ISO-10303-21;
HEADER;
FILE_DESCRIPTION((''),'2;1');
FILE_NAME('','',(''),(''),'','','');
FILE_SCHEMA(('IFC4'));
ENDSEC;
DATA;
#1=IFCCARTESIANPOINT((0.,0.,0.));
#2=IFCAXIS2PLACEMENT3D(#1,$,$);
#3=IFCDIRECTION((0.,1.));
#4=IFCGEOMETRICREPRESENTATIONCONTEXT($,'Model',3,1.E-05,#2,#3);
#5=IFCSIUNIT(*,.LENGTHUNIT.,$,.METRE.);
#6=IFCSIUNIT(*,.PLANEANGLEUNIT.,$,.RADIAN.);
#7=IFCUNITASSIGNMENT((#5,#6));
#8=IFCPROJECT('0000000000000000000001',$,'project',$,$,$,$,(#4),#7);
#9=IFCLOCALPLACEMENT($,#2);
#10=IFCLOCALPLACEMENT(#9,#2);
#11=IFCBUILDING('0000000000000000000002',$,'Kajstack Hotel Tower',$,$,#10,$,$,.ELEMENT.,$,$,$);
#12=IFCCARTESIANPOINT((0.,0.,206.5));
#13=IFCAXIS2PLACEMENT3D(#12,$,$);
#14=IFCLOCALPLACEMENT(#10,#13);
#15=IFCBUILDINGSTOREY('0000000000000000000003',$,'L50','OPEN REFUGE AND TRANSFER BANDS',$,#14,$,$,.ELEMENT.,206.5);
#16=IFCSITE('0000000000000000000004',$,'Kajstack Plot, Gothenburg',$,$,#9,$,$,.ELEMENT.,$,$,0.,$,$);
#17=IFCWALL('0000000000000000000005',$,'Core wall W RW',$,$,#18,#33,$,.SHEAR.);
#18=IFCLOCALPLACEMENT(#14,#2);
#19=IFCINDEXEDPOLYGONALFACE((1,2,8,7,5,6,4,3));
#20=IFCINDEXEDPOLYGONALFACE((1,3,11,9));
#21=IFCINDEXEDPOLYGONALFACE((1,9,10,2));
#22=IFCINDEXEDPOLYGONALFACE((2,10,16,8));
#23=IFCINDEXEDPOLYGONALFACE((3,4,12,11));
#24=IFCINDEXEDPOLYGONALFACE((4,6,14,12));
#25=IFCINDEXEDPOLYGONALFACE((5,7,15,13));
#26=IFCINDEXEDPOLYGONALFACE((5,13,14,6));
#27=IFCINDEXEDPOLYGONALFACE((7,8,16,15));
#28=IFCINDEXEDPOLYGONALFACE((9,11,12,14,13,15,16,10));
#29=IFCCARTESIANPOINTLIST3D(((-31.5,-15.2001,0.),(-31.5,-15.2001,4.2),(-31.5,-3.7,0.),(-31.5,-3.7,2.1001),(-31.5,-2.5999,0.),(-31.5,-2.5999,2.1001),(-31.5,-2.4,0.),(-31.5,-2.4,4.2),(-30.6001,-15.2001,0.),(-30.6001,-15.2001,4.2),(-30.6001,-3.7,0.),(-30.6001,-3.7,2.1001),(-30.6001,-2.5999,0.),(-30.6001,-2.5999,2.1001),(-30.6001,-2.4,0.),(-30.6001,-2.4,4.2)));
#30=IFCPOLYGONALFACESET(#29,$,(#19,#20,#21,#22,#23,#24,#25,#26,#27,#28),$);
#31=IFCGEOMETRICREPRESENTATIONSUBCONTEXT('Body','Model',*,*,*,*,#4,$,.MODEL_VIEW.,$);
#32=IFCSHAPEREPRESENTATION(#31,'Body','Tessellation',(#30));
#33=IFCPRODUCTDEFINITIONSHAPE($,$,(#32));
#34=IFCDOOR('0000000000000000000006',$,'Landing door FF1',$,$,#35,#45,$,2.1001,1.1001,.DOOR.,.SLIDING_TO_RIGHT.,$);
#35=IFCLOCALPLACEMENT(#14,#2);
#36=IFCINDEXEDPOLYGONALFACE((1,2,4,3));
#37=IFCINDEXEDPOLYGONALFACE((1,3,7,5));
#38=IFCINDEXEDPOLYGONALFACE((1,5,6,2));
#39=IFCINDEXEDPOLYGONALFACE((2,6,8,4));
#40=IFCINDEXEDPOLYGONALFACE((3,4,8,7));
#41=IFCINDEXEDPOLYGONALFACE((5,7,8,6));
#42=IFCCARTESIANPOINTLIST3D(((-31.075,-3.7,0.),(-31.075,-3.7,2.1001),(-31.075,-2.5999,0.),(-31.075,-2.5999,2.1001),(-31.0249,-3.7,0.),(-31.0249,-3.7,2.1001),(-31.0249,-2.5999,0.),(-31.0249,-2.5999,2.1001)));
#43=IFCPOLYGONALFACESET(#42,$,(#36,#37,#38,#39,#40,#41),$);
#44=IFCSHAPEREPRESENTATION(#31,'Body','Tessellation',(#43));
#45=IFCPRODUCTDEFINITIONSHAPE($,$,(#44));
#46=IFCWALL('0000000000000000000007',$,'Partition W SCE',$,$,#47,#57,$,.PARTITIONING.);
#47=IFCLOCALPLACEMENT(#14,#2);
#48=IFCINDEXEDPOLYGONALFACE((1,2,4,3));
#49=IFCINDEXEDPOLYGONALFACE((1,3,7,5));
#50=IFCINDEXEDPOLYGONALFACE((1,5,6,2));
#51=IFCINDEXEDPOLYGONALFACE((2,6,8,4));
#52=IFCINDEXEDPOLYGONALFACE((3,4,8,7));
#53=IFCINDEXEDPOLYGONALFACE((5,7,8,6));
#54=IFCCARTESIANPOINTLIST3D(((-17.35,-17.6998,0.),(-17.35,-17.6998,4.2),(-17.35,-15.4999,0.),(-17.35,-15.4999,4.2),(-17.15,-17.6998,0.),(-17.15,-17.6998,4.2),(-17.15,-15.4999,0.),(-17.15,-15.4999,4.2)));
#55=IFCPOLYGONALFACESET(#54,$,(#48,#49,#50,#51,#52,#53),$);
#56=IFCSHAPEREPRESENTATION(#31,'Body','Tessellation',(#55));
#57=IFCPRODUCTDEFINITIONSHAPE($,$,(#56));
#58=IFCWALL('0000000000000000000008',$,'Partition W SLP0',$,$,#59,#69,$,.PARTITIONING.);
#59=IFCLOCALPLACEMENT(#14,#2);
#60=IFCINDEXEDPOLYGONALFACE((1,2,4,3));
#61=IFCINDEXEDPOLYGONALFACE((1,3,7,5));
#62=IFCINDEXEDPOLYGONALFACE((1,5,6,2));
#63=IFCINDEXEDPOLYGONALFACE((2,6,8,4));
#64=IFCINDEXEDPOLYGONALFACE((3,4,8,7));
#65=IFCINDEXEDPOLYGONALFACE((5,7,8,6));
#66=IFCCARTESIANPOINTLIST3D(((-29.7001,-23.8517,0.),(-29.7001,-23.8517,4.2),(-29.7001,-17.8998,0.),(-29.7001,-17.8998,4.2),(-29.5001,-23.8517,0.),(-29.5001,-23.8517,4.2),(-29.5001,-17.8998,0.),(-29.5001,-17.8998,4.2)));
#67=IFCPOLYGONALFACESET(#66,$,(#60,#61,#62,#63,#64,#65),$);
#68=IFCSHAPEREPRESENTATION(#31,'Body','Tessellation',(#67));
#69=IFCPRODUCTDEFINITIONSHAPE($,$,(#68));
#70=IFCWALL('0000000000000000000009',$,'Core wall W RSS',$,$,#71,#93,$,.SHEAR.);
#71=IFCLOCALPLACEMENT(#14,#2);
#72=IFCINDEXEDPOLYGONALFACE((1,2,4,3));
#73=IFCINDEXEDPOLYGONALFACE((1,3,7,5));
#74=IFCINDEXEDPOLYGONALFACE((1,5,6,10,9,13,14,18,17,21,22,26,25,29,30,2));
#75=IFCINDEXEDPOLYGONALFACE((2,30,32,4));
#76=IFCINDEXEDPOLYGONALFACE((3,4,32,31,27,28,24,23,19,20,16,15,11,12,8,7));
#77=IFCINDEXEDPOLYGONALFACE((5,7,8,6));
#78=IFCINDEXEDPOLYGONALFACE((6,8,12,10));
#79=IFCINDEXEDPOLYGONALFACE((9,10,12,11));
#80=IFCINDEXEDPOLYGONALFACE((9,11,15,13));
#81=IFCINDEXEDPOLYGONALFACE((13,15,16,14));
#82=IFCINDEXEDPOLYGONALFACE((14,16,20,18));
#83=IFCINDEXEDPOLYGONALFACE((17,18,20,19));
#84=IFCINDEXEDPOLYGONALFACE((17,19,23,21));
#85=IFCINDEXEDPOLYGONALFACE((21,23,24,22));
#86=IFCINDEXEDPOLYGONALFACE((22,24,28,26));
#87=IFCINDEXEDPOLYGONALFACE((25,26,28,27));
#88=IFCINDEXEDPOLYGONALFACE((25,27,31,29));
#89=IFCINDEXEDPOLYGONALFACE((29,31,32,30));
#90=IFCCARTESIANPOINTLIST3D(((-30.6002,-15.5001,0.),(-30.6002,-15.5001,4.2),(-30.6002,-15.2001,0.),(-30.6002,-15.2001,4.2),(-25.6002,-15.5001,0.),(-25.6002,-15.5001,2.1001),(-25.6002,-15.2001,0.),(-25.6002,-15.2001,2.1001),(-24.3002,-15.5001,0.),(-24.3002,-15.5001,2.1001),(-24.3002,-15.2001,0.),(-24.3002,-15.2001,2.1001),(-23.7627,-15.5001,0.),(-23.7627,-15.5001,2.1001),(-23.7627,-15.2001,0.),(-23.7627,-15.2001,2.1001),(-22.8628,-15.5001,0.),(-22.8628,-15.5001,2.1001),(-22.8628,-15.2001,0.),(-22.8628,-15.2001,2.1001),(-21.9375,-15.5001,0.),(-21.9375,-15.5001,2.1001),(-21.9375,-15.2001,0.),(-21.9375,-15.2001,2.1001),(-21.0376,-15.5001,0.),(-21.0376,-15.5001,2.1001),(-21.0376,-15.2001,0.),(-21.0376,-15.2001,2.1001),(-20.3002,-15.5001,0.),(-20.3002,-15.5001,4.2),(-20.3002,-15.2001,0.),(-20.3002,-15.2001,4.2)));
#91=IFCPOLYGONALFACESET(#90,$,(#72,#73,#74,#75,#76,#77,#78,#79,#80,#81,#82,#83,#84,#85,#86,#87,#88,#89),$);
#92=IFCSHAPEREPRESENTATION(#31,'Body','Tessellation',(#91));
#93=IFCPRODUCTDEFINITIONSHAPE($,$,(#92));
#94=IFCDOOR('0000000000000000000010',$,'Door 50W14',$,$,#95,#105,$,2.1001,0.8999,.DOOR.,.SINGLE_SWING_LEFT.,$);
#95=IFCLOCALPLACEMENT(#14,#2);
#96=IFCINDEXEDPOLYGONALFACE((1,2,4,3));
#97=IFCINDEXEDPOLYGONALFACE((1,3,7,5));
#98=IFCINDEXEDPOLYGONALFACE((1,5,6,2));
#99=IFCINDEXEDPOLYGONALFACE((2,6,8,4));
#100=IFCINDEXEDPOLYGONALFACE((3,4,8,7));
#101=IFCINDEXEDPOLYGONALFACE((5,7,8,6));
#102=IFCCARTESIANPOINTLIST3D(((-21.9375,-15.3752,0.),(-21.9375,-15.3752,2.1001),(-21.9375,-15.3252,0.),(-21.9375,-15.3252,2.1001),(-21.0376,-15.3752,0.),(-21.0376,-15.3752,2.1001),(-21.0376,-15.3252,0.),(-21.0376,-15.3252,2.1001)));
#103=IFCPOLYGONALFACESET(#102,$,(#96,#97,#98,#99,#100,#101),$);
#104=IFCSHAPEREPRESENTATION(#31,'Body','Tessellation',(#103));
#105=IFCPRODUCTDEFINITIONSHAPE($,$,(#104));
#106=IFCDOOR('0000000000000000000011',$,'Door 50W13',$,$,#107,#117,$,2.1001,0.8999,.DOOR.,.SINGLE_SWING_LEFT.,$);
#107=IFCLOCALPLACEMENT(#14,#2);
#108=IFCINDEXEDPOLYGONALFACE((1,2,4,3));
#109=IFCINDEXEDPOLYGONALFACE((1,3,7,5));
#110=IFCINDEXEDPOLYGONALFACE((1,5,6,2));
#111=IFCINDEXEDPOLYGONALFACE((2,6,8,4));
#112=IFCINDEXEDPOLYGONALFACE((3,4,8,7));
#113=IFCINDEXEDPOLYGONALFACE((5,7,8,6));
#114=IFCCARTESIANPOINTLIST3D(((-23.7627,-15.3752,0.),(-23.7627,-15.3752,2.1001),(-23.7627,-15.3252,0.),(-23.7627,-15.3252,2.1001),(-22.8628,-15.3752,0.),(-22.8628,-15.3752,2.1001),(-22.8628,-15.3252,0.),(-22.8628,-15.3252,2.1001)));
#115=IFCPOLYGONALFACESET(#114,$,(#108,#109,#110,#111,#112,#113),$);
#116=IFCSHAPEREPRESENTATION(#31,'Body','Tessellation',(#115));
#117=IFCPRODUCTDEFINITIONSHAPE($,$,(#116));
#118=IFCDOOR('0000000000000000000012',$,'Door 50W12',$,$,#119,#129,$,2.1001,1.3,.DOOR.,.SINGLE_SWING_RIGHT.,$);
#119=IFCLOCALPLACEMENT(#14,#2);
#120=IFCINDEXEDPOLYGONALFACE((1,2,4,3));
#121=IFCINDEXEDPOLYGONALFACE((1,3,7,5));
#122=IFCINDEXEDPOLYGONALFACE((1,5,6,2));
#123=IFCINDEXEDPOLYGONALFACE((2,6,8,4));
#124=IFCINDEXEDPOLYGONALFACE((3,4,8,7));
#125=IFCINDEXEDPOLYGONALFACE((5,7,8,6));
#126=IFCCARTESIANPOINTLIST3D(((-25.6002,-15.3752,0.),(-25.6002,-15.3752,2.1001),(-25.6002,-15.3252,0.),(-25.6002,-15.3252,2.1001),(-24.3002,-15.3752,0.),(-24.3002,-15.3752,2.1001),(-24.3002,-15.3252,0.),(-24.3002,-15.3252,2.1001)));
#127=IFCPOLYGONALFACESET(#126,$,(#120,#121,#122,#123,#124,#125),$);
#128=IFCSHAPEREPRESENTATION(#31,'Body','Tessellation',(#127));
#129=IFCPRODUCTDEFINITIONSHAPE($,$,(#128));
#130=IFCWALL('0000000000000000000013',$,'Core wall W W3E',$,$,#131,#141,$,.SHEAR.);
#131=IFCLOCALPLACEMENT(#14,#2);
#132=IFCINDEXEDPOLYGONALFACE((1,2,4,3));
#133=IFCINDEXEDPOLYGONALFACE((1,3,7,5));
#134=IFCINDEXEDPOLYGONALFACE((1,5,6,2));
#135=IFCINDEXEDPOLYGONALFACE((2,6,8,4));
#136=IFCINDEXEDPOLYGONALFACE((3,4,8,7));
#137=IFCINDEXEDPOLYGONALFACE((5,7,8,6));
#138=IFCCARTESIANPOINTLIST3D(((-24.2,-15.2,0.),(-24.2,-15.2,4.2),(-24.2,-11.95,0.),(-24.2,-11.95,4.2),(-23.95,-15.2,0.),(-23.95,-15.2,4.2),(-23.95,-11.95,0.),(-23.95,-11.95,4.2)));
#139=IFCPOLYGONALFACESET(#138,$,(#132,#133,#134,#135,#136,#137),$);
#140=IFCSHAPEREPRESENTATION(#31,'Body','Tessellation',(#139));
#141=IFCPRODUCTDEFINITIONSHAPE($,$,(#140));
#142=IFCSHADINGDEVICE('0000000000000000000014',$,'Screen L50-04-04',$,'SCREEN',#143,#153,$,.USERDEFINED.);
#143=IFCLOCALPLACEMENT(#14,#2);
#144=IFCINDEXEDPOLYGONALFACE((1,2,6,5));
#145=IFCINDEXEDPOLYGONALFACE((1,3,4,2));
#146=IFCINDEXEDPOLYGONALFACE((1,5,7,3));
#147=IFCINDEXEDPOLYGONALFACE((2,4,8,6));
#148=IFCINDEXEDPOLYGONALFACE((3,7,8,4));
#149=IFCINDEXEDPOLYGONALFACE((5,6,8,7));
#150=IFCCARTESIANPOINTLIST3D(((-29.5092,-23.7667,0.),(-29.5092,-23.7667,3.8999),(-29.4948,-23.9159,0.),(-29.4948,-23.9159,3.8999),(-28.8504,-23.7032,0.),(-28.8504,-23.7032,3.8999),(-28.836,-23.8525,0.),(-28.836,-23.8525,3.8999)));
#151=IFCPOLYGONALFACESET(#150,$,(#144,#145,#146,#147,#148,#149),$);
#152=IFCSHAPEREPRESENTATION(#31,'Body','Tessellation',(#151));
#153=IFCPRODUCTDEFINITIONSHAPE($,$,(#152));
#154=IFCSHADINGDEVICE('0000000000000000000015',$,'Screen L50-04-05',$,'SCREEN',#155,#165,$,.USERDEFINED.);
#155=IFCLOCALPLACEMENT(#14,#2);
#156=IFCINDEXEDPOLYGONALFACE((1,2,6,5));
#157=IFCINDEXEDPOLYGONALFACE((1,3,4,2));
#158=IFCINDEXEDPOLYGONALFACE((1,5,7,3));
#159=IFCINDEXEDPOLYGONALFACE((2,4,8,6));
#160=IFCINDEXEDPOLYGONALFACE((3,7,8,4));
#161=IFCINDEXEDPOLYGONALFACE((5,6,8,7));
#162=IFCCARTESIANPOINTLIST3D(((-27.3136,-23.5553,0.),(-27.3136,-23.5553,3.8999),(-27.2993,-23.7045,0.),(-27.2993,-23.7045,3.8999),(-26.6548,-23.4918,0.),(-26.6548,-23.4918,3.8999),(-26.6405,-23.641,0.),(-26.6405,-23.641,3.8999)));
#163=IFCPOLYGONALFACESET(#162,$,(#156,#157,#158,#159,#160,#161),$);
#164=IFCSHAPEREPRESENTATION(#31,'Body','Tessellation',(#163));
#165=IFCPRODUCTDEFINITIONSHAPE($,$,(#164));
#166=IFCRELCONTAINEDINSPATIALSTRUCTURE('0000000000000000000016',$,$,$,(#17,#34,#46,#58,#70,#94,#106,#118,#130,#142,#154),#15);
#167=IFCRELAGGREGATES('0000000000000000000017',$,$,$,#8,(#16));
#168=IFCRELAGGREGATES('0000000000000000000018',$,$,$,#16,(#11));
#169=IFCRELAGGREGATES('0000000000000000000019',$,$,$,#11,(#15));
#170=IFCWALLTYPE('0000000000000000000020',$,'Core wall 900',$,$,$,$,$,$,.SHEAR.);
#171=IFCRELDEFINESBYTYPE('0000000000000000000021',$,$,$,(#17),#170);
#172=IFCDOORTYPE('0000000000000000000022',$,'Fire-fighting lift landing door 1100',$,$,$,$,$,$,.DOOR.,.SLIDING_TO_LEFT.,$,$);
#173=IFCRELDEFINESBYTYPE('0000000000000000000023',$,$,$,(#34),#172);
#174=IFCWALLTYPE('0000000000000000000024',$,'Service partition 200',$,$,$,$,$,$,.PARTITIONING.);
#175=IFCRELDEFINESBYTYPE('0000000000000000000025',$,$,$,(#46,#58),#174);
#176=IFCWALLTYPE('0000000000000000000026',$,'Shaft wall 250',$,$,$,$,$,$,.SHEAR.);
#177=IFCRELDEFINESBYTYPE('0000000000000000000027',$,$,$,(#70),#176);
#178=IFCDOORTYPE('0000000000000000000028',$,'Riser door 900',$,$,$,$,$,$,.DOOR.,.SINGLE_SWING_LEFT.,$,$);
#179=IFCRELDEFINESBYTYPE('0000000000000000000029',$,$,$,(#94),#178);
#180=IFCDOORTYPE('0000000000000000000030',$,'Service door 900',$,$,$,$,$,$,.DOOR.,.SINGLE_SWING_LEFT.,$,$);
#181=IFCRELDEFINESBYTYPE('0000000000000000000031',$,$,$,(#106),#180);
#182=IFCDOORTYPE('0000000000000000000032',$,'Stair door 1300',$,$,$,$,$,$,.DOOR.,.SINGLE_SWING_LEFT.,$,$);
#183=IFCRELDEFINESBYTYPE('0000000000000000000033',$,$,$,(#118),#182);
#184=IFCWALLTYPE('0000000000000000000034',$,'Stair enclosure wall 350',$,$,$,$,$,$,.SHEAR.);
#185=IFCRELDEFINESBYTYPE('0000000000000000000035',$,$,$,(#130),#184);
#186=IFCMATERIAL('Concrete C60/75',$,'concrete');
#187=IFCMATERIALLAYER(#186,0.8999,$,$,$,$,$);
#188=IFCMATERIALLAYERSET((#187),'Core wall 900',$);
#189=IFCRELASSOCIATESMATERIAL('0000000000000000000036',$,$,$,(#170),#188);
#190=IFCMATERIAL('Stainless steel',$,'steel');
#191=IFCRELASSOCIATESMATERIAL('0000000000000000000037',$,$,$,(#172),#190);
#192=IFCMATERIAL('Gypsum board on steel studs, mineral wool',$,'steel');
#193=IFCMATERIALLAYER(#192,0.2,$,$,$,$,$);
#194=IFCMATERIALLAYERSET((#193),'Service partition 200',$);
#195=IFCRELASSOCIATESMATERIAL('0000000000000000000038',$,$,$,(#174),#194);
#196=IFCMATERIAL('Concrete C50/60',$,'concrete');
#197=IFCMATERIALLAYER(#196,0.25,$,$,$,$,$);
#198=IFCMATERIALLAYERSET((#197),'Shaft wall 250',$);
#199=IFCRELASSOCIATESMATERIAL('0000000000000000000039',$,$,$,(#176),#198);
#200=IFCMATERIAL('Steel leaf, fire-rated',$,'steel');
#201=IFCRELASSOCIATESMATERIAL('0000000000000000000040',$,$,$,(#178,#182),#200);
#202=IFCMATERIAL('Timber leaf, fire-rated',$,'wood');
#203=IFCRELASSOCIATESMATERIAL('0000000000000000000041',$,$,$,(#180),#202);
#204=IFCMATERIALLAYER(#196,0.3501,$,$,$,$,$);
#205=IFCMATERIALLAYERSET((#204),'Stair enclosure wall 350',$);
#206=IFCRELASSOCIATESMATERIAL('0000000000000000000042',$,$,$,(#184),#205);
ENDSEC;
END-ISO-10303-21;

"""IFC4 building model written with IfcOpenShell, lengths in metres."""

from ifc_helpers import new_model, si_unit, direction, frame, frame_2d, origin, origin_2d, place, context, subcontext, project, spatial, rectangle, extrude, material, layer, layer_set, type_object, element, fill, save


model = new_model("IFC4")

# Units and contexts
model_context = context("Model", 3, precision=1e-05, world=origin(), true_north=direction((0.0, 1.0)))
body_context = subcontext(model_context, "Body", "Model", "MODEL_VIEW")
ifc_project = project(units=[si_unit("LENGTHUNIT", "METRE"), si_unit("PLANEANGLEUNIT", "RADIAN")], contexts=[model_context])

# Site, building, storey
site_placement = place(None, origin())
site = spatial("IfcSite", under=ifc_project, at=site_placement, Name="Kajstack Plot, Gothenburg", CompositionType="ELEMENT", RefElevation=0.0)
building_placement = place(site_placement, origin())
building = spatial("IfcBuilding", under=site, at=building_placement, Name="Kajstack Hotel Tower", CompositionType="ELEMENT")
storey_placement = place(building_placement, frame((0.0, 0.0, 206.5)))
storey = spatial("IfcBuildingStorey", under=building, at=storey_placement, Name="L50", Description="OPEN REFUGE AND TRANSFER BANDS", CompositionType="ELEMENT", Elevation=206.5)

# Wall, opening, door
ifc_material_1 = material(Name="Concrete C60/75", Category="concrete")
ifc_layer_1 = layer(ifc_material_1, 0.8999)
ifc_layer_set_1 = layer_set([ifc_layer_1], Name="Core wall 900")
wall_type_1 = type_object("IfcWallType", Name="Core wall 900", PredefinedType="SHEAR", material=ifc_layer_set_1)
wall_1_placement = place(storey_placement, frame((-31.05, -15.2, 0.0), z_axis=(0.0, 0.0, 1.0), x_axis=(0.0, 1.0, 0.0)))
wall_1 = element("IfcWall", 1, at=wall_1_placement, inside=storey, type_object=wall_type_1, Name="Core wall W RW", PredefinedType="SHEAR", context=body_context, shape_type="SweptSolid", body=[
    extrude(rectangle(XDim=12.8, YDim=0.8999, at=frame_2d((6.3999, 0.0))), origin(), (0.0, 0.0, 1.0), 4.2),
])
opening_1_placement = place(wall_1_placement, frame((11.5, 0.0, 0.0)))
opening_1 = element("IfcOpeningElement", 2, at=opening_1_placement, cuts=wall_1, PredefinedType="OPENING", context=body_context, shape_type="SweptSolid", body=[
    extrude(rectangle(XDim=1.1001, YDim=2.1001, at=frame_2d((0.55, 1.05))), frame((0.0, 0.46, 0.0), z_axis=(0.0, -1.0, 0.0), x_axis=(1.0, 0.0, 0.0)), (0.0, 0.0, 1.0), 0.9199),
])
ifc_material_2 = material(Name="Stainless steel", Category="steel")
door_type_1 = type_object("IfcDoorType", Name="Fire-fighting lift landing door 1100", OperationType="SLIDING_TO_LEFT", PredefinedType="DOOR", material=ifc_material_2)
door_1_placement = place(opening_1_placement, origin())
door_1 = element("IfcDoor", 3, at=door_1_placement, inside=storey, type_object=door_type_1, Name="Landing door FF1", OperationType="SLIDING_TO_RIGHT", OverallHeight=2.1001, OverallWidth=1.1001, PredefinedType="DOOR", context=body_context, shape_type="SweptSolid", body=[
    extrude(rectangle(XDim=1.1001, YDim=2.1001, at=frame_2d((0.55, 1.05))), frame((0.0, 0.0249, 0.0), z_axis=(0.0, -1.0, 0.0), x_axis=(1.0, 0.0, 0.0)), (0.0, 0.0, 1.0), 0.05),
])
fill(opening_1, door_1)

# Walls
ifc_material_3 = material(Name="Gypsum board on steel studs, mineral wool", Category="steel")
ifc_layer_2 = layer(ifc_material_3, 0.2)
ifc_layer_set_2 = layer_set([ifc_layer_2], Name="Service partition 200")
wall_type_2 = type_object("IfcWallType", Name="Service partition 200", PredefinedType="PARTITIONING", material=ifc_layer_set_2)
wall_2_placement = place(storey_placement, frame((-17.25, -17.7, 0.0), z_axis=(0.0, 0.0, 1.0), x_axis=(0.0, 1.0, 0.0)))
element("IfcWall", 4, at=wall_2_placement, inside=storey, type_object=wall_type_2, Name="Partition W SCE", PredefinedType="PARTITIONING", context=body_context, shape_type="SweptSolid", body=[
    extrude(rectangle(XDim=2.2, YDim=0.2, at=frame_2d((1.1001, 0.0))), origin(), (0.0, 0.0, 1.0), 4.2),
])
wall_3_placement = place(storey_placement, frame((-29.6001, -23.8518, 0.0), z_axis=(0.0, 0.0, 1.0), x_axis=(0.0, 1.0, 0.0)))
element("IfcWall", 5, at=wall_3_placement, inside=storey, type_object=wall_type_2, Name="Partition W SLP0", PredefinedType="PARTITIONING", context=body_context, shape_type="SweptSolid", body=[
    extrude(rectangle(XDim=5.9519, YDim=0.2, at=frame_2d((2.9761, 0.0))), origin(), (0.0, 0.0, 1.0), 4.2),
])

# Wall, openings, doors
ifc_material_4 = material(Name="Concrete C50/60", Category="concrete")
ifc_layer_3 = layer(ifc_material_4, 0.25)
ifc_layer_set_3 = layer_set([ifc_layer_3], Name="Shaft wall 250")
wall_type_3 = type_object("IfcWallType", Name="Shaft wall 250", PredefinedType="SHEAR", material=ifc_layer_set_3)
wall_4_placement = place(storey_placement, frame((-30.6001, -15.3501, 0.0), z_axis=(0.0, 0.0, 1.0), x_axis=(1.0, 0.0, 0.0)))
wall_4 = element("IfcWall", 6, at=wall_4_placement, inside=storey, type_object=wall_type_3, Name="Core wall W RSS", PredefinedType="SHEAR", context=body_context, shape_type="SweptSolid", body=[
    extrude(rectangle(XDim=10.3, YDim=0.3, at=frame_2d((5.1499, 0.0))), origin(), (0.0, 0.0, 1.0), 4.2),
])
opening_2_placement = place(wall_4_placement, frame((5.0, 0.0, 0.0)))
opening_2 = element("IfcOpeningElement", 7, at=opening_2_placement, cuts=wall_4, PredefinedType="OPENING", context=body_context, shape_type="SweptSolid", body=[
    extrude(rectangle(XDim=1.3, YDim=2.1001, at=frame_2d((0.6499, 1.05))), frame((0.0, 0.1599, 0.0), z_axis=(0.0, -1.0, 0.0), x_axis=(1.0, 0.0, 0.0)), (0.0, 0.0, 1.0), 0.3201),
])
opening_3_placement = place(wall_4_placement, frame((6.8374, 0.0, 0.0)))
opening_3 = element("IfcOpeningElement", 8, at=opening_3_placement, cuts=wall_4, PredefinedType="OPENING", context=body_context, shape_type="SweptSolid", body=[
    extrude(rectangle(XDim=0.8999, YDim=2.1001, at=frame_2d((0.45, 1.05))), frame((0.0, 0.1599, 0.0), z_axis=(0.0, -1.0, 0.0), x_axis=(1.0, 0.0, 0.0)), (0.0, 0.0, 1.0), 0.3201),
])
opening_4_placement = place(wall_4_placement, frame((8.6626, 0.0, 0.0)))
opening_4 = element("IfcOpeningElement", 9, at=opening_4_placement, cuts=wall_4, PredefinedType="OPENING", context=body_context, shape_type="SweptSolid", body=[
    extrude(rectangle(XDim=0.8999, YDim=2.1001, at=frame_2d((0.45, 1.05))), frame((0.0, 0.1599, 0.0), z_axis=(0.0, -1.0, 0.0), x_axis=(1.0, 0.0, 0.0)), (0.0, 0.0, 1.0), 0.3201),
])
ifc_material_5 = material(Name="Steel leaf, fire-rated", Category="steel")
door_type_2 = type_object("IfcDoorType", Name="Riser door 900", OperationType="SINGLE_SWING_LEFT", PredefinedType="DOOR", material=ifc_material_5)
door_2_placement = place(opening_4_placement, origin())
door_2 = element("IfcDoor", 10, at=door_2_placement, inside=storey, type_object=door_type_2, Name="Door 50W14", OperationType="SINGLE_SWING_LEFT", OverallHeight=2.1001, OverallWidth=0.8999, PredefinedType="DOOR", context=body_context, shape_type="SweptSolid", body=[
    extrude(rectangle(XDim=0.8999, YDim=2.1001, at=frame_2d((0.45, 1.05))), frame((0.0, 0.0249, 0.0), z_axis=(0.0, -1.0, 0.0), x_axis=(1.0, 0.0, 0.0)), (0.0, 0.0, 1.0), 0.05),
])
fill(opening_4, door_2)
ifc_material_6 = material(Name="Timber leaf, fire-rated", Category="wood")
door_type_3 = type_object("IfcDoorType", Name="Service door 900", OperationType="SINGLE_SWING_LEFT", PredefinedType="DOOR", material=ifc_material_6)
door_3_placement = place(opening_3_placement, origin())
door_3 = element("IfcDoor", 11, at=door_3_placement, inside=storey, type_object=door_type_3, Name="Door 50W13", OperationType="SINGLE_SWING_LEFT", OverallHeight=2.1001, OverallWidth=0.8999, PredefinedType="DOOR", context=body_context, shape_type="SweptSolid", body=[
    extrude(rectangle(XDim=0.8999, YDim=2.1001, at=frame_2d((0.45, 1.05))), frame((0.0, 0.0249, 0.0), z_axis=(0.0, -1.0, 0.0), x_axis=(1.0, 0.0, 0.0)), (0.0, 0.0, 1.0), 0.05),
])
fill(opening_3, door_3)
door_type_4 = type_object("IfcDoorType", Name="Stair door 1300", OperationType="SINGLE_SWING_LEFT", PredefinedType="DOOR", material=ifc_material_5)
door_4_placement = place(opening_2_placement, origin())
door_4 = element("IfcDoor", 12, at=door_4_placement, inside=storey, type_object=door_type_4, Name="Door 50W12", OperationType="SINGLE_SWING_RIGHT", OverallHeight=2.1001, OverallWidth=1.3, PredefinedType="DOOR", context=body_context, shape_type="SweptSolid", body=[
    extrude(rectangle(XDim=1.3, YDim=2.1001, at=frame_2d((0.6499, 1.05))), frame((0.0, 0.0249, 0.0), z_axis=(0.0, -1.0, 0.0), x_axis=(1.0, 0.0, 0.0)), (0.0, 0.0, 1.0), 0.05),
])
fill(opening_2, door_4)

# Wall
ifc_layer_4 = layer(ifc_material_4, 0.3501)
ifc_layer_set_4 = layer_set([ifc_layer_4], Name="Stair enclosure wall 350")
wall_type_4 = type_object("IfcWallType", Name="Stair enclosure wall 350", PredefinedType="SHEAR", material=ifc_layer_set_4)
wall_5_placement = place(storey_placement, frame((-24.075, -15.2, 0.0), z_axis=(0.0, 0.0, 1.0), x_axis=(0.0, 1.0, 0.0)))
element("IfcWall", 13, at=wall_5_placement, inside=storey, type_object=wall_type_4, Name="Core wall W W3E", PredefinedType="SHEAR", context=body_context, shape_type="SweptSolid", body=[
    extrude(rectangle(XDim=3.25, YDim=0.25, at=frame_2d((1.625, 0.0))), origin(), (0.0, 0.0, 1.0), 4.2),
])

# Shading devices
for number, where, z_axis, x_axis, name in (
    (14, (-29.1726, -23.8096, 0.0), (0.0, 0.0, 1.0), (0.995396, 0.095845, 0.0), "Screen L50-04-04"),
    (15, (-26.9771, -23.5981, 0.0), (0.0, 0.0, 1.0), (0.995396, 0.095845, 0.0), "Screen L50-04-05"),
):
    element("IfcShadingDevice", number, at=place(storey_placement, frame(where, z_axis=z_axis, x_axis=x_axis)), inside=storey, Name=name, ObjectType="SCREEN", PredefinedType="USERDEFINED", context=body_context, shape_type="SweptSolid", body=[
        extrude(rectangle(XDim=0.6619, YDim=0.1499, at=origin_2d()), origin(), (0.0, 0.0, 1.0), 3.8999),
    ])

save(model, "model.ifc")
